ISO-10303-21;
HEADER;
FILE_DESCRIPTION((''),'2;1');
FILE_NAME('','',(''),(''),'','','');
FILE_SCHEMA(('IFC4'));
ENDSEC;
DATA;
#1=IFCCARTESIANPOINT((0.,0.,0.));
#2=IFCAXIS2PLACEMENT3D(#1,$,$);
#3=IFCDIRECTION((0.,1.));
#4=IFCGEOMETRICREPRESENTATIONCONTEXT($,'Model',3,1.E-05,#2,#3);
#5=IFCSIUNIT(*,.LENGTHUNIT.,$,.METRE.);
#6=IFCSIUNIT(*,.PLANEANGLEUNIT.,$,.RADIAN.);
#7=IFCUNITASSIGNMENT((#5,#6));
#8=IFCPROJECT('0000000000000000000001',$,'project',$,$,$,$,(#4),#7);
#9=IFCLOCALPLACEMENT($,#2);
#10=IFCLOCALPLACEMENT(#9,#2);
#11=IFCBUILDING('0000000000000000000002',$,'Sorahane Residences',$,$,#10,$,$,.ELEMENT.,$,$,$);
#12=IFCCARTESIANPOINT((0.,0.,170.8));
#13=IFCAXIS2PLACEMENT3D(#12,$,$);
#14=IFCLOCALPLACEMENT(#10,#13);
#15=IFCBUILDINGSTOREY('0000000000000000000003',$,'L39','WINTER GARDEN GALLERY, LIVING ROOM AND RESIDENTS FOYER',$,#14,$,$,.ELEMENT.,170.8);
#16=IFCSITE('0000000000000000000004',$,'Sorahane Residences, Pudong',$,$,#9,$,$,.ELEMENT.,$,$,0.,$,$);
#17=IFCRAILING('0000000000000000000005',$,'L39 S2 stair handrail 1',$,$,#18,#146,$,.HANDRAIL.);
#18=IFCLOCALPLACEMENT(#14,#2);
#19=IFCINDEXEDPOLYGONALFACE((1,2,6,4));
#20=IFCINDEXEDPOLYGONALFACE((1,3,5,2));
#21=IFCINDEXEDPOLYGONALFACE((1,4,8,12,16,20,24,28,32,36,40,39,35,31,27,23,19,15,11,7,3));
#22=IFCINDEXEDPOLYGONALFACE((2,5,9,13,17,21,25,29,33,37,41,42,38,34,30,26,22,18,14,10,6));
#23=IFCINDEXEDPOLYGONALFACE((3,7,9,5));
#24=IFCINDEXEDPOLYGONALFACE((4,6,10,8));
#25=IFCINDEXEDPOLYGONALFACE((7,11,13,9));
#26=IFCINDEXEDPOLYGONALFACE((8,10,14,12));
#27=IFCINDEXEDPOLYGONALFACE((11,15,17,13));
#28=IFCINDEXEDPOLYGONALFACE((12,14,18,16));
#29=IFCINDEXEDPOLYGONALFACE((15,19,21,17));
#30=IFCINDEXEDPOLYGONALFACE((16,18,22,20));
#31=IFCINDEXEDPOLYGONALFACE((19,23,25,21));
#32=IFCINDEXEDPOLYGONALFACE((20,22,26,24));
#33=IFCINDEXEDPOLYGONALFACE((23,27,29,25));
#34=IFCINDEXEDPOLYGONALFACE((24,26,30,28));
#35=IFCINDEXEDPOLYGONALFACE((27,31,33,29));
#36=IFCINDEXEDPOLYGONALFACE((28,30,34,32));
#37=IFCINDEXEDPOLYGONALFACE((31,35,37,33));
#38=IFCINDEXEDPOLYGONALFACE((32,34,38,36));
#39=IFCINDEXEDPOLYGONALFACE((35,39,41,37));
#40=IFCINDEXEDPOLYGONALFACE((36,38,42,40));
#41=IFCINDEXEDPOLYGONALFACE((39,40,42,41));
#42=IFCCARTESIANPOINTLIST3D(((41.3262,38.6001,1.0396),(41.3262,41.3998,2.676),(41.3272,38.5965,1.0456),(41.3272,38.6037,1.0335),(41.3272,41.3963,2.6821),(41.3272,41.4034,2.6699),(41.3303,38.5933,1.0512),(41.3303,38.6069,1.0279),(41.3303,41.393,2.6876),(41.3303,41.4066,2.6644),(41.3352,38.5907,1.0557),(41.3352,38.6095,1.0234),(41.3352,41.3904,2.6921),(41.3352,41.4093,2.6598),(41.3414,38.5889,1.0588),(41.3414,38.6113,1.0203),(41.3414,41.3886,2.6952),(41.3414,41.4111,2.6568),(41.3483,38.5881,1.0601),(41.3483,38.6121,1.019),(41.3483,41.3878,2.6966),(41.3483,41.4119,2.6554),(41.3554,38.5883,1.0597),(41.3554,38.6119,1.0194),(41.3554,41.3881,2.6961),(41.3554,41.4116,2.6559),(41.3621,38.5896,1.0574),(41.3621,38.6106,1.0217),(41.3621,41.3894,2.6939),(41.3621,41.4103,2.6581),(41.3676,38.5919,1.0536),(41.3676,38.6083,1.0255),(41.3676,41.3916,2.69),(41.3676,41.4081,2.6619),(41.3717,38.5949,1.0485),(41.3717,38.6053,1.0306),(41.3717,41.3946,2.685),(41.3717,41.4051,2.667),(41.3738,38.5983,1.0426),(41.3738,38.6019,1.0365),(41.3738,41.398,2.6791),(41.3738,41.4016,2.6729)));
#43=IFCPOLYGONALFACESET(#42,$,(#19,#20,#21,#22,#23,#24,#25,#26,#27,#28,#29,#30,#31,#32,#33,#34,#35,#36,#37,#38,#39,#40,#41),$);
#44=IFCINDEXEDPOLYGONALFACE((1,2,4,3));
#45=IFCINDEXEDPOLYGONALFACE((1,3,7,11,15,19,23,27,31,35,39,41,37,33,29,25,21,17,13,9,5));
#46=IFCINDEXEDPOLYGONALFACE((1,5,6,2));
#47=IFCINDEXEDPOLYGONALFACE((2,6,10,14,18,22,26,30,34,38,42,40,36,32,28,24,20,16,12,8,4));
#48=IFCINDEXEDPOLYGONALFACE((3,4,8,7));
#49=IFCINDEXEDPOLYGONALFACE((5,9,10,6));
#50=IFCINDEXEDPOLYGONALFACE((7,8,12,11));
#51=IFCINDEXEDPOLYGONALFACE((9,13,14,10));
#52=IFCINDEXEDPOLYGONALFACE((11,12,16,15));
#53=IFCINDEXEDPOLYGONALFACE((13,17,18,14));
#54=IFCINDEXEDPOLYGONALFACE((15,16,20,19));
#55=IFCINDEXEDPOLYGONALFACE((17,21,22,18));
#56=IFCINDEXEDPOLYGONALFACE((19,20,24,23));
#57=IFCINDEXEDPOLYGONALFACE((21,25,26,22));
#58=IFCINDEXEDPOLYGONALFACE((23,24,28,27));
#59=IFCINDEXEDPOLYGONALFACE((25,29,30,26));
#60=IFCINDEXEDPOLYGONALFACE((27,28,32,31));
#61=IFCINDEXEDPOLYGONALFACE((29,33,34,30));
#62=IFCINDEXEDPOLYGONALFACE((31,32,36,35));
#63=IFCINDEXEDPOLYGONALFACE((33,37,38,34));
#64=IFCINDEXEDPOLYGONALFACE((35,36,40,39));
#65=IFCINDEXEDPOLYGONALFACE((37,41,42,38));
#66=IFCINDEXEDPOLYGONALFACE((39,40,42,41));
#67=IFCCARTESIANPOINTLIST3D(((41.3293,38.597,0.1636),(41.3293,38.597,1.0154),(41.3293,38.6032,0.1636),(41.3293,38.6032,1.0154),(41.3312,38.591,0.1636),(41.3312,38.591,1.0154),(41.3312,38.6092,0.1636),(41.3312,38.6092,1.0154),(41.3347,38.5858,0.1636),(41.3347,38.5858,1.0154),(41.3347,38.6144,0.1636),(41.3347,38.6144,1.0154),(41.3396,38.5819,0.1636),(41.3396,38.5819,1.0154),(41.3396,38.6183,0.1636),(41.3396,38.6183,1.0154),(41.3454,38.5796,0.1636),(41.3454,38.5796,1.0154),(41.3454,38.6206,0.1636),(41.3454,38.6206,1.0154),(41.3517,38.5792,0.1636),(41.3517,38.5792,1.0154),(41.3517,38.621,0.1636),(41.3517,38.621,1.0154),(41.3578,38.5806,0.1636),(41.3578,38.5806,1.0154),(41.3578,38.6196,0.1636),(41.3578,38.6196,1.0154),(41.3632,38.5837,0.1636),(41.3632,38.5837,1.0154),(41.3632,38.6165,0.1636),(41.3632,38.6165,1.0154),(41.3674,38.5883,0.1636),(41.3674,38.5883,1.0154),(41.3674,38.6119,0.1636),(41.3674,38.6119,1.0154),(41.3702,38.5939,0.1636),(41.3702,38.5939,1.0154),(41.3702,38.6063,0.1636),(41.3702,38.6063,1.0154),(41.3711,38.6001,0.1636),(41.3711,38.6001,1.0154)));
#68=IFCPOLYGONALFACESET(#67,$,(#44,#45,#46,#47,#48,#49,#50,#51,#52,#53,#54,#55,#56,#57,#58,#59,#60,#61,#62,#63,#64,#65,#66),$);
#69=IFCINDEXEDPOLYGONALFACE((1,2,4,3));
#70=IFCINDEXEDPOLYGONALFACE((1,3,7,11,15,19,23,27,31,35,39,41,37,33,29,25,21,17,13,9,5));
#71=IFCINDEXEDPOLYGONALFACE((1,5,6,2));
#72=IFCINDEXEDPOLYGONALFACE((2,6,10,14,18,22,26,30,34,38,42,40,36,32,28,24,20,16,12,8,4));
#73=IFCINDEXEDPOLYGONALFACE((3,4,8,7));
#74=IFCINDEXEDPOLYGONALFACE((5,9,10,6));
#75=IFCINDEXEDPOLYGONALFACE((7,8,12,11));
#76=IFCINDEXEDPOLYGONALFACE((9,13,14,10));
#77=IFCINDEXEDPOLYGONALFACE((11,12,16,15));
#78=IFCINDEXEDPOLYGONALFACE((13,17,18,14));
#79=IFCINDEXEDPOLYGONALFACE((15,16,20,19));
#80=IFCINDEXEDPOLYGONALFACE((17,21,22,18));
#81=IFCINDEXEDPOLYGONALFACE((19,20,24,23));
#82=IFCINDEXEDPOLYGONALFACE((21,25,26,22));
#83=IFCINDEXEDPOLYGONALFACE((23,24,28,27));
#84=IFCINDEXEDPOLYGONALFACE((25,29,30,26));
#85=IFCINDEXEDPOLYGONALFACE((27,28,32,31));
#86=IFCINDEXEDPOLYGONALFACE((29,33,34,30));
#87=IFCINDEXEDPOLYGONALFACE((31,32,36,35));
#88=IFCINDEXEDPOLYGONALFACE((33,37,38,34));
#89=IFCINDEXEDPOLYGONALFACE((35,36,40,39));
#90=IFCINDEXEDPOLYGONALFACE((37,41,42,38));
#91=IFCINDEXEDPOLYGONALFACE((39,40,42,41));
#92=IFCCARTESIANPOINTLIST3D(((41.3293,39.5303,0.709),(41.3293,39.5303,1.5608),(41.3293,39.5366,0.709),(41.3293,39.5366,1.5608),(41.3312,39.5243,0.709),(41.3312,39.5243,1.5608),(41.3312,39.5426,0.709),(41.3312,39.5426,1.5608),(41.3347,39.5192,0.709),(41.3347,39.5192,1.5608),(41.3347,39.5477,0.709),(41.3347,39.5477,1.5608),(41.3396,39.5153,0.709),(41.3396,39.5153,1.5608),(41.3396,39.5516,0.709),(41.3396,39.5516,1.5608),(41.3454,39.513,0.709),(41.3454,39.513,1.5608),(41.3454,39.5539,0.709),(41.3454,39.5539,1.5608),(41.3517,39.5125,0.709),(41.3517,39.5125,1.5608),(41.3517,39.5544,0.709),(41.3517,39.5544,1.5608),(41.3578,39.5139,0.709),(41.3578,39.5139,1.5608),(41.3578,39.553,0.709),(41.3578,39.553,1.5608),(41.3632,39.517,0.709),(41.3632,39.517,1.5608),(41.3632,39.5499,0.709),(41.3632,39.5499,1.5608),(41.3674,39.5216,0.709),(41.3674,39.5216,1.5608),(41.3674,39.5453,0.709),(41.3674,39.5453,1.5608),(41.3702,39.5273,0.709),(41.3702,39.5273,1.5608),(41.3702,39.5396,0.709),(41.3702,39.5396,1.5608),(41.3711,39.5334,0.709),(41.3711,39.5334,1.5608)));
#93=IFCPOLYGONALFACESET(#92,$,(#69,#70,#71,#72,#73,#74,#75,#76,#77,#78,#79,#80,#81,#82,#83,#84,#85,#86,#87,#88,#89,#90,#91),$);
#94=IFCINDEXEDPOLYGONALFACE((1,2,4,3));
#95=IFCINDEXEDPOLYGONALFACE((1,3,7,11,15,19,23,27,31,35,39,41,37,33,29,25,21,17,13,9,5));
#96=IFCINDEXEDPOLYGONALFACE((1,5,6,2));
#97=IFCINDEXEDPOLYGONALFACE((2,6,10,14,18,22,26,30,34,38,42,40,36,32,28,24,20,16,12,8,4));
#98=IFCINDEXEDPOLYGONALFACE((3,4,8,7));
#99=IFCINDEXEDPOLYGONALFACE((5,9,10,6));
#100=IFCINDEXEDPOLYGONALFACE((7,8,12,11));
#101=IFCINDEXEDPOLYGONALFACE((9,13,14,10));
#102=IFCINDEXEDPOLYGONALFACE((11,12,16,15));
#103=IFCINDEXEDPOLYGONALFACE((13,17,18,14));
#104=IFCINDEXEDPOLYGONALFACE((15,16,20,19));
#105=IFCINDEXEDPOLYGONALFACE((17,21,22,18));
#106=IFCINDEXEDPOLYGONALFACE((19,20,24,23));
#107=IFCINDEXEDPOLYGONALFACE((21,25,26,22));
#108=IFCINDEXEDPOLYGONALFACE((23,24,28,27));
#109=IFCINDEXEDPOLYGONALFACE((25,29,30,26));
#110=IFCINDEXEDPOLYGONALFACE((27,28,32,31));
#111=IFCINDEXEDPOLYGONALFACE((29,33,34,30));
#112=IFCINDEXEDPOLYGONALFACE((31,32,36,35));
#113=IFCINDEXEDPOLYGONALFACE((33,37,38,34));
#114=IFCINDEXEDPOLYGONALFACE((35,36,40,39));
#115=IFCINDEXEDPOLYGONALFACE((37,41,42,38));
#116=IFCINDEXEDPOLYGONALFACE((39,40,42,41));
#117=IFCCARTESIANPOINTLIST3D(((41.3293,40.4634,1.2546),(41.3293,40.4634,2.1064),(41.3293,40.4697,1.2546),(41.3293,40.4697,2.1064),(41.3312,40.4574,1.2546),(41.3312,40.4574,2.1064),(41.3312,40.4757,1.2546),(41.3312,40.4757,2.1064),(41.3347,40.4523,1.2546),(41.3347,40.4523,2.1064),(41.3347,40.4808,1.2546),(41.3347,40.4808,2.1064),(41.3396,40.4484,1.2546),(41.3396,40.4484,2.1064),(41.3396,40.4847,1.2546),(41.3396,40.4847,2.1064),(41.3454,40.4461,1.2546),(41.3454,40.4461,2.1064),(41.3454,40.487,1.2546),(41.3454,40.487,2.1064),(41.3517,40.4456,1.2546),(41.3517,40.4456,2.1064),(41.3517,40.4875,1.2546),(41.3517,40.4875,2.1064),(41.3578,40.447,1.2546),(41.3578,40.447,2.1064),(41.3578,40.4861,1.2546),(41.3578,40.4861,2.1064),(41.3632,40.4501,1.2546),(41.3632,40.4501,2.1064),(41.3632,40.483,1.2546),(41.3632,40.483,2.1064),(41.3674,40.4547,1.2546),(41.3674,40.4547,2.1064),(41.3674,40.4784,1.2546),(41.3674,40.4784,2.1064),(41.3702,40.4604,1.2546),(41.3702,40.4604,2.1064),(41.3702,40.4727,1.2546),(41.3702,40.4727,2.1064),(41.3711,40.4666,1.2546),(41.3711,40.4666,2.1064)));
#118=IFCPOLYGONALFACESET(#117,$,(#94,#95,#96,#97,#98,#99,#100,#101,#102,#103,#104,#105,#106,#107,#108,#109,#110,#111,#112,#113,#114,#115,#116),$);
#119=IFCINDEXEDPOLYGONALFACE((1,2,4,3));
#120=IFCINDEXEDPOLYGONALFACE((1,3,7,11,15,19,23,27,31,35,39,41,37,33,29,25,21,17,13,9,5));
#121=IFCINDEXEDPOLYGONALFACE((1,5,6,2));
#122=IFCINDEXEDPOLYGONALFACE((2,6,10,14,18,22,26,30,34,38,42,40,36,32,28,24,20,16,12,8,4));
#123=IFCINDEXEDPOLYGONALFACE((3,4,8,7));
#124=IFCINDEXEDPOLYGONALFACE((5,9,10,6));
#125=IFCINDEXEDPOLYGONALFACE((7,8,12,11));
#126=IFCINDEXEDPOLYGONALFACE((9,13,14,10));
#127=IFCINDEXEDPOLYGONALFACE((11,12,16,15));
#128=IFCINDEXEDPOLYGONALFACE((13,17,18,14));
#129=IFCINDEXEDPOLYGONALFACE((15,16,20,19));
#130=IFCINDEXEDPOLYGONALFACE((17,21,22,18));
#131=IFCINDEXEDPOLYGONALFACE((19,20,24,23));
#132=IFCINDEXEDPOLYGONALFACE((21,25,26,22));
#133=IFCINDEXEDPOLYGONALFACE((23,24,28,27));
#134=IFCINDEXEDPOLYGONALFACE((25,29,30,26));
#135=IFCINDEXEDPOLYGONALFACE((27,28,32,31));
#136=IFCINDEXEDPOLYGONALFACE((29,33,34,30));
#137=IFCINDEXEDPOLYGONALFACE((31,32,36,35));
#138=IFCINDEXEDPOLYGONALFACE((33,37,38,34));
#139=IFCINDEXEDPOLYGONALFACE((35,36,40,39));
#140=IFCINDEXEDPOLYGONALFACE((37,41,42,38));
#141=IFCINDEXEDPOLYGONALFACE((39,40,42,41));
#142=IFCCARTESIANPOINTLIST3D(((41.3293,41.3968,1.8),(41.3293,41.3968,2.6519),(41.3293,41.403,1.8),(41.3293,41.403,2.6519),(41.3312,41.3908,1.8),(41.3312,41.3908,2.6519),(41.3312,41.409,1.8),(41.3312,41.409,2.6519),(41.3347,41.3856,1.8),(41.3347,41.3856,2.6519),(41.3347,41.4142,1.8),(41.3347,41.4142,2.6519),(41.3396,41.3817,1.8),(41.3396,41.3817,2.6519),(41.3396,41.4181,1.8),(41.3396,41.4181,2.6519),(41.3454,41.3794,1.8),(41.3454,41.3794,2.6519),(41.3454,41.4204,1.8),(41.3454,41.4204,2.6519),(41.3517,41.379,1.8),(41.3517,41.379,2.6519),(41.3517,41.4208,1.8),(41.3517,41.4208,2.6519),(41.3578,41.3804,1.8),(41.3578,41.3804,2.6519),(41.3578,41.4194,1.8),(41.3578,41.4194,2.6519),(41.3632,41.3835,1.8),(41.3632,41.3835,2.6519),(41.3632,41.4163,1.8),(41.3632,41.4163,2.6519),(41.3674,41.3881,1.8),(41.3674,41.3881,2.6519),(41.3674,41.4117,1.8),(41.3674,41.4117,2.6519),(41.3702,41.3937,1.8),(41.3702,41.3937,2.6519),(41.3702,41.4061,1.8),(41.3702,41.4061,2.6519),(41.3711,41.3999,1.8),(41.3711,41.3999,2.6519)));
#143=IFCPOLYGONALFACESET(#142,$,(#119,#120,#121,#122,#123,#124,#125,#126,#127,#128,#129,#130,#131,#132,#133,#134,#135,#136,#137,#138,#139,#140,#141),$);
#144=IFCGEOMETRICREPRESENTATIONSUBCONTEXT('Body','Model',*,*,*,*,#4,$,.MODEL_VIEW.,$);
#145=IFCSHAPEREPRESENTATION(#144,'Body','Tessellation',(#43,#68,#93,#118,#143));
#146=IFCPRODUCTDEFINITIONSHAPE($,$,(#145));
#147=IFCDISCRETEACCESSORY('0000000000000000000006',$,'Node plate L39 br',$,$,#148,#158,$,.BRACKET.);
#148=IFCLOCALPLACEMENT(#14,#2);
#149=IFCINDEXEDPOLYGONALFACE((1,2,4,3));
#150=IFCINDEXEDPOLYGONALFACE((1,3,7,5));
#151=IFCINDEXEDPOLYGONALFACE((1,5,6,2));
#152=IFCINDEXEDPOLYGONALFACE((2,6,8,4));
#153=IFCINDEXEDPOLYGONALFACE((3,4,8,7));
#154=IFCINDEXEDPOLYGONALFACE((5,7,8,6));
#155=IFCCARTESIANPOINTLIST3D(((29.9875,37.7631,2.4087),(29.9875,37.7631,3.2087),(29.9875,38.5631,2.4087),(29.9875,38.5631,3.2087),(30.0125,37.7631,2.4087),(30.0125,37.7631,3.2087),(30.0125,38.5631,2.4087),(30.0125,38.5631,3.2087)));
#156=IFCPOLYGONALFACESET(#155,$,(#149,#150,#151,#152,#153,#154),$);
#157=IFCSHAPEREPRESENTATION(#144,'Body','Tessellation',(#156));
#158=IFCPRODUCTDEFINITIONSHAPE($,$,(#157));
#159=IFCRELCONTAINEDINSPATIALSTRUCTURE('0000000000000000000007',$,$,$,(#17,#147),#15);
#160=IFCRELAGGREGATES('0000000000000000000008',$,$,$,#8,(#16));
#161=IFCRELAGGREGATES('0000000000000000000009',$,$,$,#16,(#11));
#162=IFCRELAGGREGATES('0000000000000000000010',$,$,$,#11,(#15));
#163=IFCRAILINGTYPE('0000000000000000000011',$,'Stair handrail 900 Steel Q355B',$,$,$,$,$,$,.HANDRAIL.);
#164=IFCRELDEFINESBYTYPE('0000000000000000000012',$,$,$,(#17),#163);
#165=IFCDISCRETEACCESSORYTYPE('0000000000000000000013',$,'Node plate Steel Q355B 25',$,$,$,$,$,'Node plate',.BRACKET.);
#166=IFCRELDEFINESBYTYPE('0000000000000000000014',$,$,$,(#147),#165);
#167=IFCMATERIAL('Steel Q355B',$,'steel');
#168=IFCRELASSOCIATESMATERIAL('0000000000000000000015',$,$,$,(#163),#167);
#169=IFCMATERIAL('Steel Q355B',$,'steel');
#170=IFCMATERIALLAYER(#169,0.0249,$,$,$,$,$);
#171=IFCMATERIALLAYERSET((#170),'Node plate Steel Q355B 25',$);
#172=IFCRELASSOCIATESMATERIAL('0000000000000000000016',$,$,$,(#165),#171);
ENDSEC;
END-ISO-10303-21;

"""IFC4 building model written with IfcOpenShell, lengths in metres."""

from ifc_helpers import new_model, si_unit, direction, frame, origin, origin_2d, place, context, subcontext, project, spatial, rectangle, circle, extrude, material, layer, layer_set, type_object, element, save


model = new_model("IFC4")

# Units and contexts
model_context = context("Model", 3, precision=1e-05, world=origin(), true_north=direction((0.0, 1.0)))
body_context = subcontext(model_context, "Body", "Model", "MODEL_VIEW")
ifc_project = project(units=[si_unit("LENGTHUNIT", "METRE"), si_unit("PLANEANGLEUNIT", "RADIAN")], contexts=[model_context])

# Site, building, storey
site_placement = place(None, origin())
site = spatial("IfcSite", under=ifc_project, at=site_placement, Name="Sorahane Residences, Pudong", CompositionType="ELEMENT", RefElevation=0.0)
building_placement = place(site_placement, origin())
building = spatial("IfcBuilding", under=site, at=building_placement, Name="Sorahane Residences", CompositionType="ELEMENT")
storey_placement = place(building_placement, frame((0.0, 0.0, 170.8)))
storey = spatial("IfcBuildingStorey", under=building, at=storey_placement, Name="L39", Description="WINTER GARDEN GALLERY, LIVING ROOM AND RESIDENTS FOYER", CompositionType="ELEMENT", Elevation=170.8)

# Railing
ifc_material_1 = material(Name="Steel Q355B", Category="steel")
railing_type_1 = type_object("IfcRailingType", Name="Stair handrail 900 Steel Q355B", PredefinedType="HANDRAIL", material=ifc_material_1)
railing_1_placement = place(storey_placement, frame((41.3501, 38.6001, 0.1636)))
element("IfcRailing", 1, at=railing_1_placement, inside=storey, type_object=railing_type_1, Name="L39 S2 stair handrail 1", PredefinedType="HANDRAIL", context=body_context, shape_type="SweptSolid", body=[
    extrude(circle(Radius=0.0239, at=origin_2d()), frame((0.0, 0.0, 0.876), z_axis=(0.0, 0.863342, 0.50462), x_axis=(-1.0, 0.0, 0.0)), (0.0, 0.0, 1.0), 3.2429),
    extrude(circle(Radius=0.021, at=origin_2d()), origin(), (0.0, 0.0, 1.0), 0.8518),
    extrude(circle(Radius=0.021, at=origin_2d()), frame((0.0, 0.9333, 0.5454)), (0.0, 0.0, 1.0), 0.8518),
    extrude(circle(Radius=0.021, at=origin_2d()), frame((0.0, 1.8665, 1.0911)), (0.0, 0.0, 1.0), 0.8518),
    extrude(circle(Radius=0.021, at=origin_2d()), frame((0.0, 2.7998, 1.6365)), (0.0, 0.0, 1.0), 0.8518),
])

# Discrete accessory
ifc_material_2 = material(Name="Steel Q355B", Category="steel")
ifc_layer_1 = layer(ifc_material_2, 0.0249)
ifc_layer_set_1 = layer_set([ifc_layer_1], Name="Node plate Steel Q355B 25")
discrete_accessory_type = type_object("IfcDiscreteAccessoryType", Name="Node plate Steel Q355B 25", ElementType="Node plate", PredefinedType="BRACKET", material=ifc_layer_set_1)
discrete_accessory_placement = place(storey_placement, frame((30.0, 38.1631, 2.4087), z_axis=(0.0, 0.0, 1.0), x_axis=(0.0, 1.0, 0.0)))
element("IfcDiscreteAccessory", 2, at=discrete_accessory_placement, inside=storey, type_object=discrete_accessory_type, Name="Node plate L39 br", PredefinedType="BRACKET", context=body_context, shape_type="SweptSolid", body=[
    extrude(rectangle(XDim=0.8, YDim=0.0249, at=origin_2d()), origin(), (0.0, 0.0, 1.0), 0.8),
])

save(model, "model.ifc")
